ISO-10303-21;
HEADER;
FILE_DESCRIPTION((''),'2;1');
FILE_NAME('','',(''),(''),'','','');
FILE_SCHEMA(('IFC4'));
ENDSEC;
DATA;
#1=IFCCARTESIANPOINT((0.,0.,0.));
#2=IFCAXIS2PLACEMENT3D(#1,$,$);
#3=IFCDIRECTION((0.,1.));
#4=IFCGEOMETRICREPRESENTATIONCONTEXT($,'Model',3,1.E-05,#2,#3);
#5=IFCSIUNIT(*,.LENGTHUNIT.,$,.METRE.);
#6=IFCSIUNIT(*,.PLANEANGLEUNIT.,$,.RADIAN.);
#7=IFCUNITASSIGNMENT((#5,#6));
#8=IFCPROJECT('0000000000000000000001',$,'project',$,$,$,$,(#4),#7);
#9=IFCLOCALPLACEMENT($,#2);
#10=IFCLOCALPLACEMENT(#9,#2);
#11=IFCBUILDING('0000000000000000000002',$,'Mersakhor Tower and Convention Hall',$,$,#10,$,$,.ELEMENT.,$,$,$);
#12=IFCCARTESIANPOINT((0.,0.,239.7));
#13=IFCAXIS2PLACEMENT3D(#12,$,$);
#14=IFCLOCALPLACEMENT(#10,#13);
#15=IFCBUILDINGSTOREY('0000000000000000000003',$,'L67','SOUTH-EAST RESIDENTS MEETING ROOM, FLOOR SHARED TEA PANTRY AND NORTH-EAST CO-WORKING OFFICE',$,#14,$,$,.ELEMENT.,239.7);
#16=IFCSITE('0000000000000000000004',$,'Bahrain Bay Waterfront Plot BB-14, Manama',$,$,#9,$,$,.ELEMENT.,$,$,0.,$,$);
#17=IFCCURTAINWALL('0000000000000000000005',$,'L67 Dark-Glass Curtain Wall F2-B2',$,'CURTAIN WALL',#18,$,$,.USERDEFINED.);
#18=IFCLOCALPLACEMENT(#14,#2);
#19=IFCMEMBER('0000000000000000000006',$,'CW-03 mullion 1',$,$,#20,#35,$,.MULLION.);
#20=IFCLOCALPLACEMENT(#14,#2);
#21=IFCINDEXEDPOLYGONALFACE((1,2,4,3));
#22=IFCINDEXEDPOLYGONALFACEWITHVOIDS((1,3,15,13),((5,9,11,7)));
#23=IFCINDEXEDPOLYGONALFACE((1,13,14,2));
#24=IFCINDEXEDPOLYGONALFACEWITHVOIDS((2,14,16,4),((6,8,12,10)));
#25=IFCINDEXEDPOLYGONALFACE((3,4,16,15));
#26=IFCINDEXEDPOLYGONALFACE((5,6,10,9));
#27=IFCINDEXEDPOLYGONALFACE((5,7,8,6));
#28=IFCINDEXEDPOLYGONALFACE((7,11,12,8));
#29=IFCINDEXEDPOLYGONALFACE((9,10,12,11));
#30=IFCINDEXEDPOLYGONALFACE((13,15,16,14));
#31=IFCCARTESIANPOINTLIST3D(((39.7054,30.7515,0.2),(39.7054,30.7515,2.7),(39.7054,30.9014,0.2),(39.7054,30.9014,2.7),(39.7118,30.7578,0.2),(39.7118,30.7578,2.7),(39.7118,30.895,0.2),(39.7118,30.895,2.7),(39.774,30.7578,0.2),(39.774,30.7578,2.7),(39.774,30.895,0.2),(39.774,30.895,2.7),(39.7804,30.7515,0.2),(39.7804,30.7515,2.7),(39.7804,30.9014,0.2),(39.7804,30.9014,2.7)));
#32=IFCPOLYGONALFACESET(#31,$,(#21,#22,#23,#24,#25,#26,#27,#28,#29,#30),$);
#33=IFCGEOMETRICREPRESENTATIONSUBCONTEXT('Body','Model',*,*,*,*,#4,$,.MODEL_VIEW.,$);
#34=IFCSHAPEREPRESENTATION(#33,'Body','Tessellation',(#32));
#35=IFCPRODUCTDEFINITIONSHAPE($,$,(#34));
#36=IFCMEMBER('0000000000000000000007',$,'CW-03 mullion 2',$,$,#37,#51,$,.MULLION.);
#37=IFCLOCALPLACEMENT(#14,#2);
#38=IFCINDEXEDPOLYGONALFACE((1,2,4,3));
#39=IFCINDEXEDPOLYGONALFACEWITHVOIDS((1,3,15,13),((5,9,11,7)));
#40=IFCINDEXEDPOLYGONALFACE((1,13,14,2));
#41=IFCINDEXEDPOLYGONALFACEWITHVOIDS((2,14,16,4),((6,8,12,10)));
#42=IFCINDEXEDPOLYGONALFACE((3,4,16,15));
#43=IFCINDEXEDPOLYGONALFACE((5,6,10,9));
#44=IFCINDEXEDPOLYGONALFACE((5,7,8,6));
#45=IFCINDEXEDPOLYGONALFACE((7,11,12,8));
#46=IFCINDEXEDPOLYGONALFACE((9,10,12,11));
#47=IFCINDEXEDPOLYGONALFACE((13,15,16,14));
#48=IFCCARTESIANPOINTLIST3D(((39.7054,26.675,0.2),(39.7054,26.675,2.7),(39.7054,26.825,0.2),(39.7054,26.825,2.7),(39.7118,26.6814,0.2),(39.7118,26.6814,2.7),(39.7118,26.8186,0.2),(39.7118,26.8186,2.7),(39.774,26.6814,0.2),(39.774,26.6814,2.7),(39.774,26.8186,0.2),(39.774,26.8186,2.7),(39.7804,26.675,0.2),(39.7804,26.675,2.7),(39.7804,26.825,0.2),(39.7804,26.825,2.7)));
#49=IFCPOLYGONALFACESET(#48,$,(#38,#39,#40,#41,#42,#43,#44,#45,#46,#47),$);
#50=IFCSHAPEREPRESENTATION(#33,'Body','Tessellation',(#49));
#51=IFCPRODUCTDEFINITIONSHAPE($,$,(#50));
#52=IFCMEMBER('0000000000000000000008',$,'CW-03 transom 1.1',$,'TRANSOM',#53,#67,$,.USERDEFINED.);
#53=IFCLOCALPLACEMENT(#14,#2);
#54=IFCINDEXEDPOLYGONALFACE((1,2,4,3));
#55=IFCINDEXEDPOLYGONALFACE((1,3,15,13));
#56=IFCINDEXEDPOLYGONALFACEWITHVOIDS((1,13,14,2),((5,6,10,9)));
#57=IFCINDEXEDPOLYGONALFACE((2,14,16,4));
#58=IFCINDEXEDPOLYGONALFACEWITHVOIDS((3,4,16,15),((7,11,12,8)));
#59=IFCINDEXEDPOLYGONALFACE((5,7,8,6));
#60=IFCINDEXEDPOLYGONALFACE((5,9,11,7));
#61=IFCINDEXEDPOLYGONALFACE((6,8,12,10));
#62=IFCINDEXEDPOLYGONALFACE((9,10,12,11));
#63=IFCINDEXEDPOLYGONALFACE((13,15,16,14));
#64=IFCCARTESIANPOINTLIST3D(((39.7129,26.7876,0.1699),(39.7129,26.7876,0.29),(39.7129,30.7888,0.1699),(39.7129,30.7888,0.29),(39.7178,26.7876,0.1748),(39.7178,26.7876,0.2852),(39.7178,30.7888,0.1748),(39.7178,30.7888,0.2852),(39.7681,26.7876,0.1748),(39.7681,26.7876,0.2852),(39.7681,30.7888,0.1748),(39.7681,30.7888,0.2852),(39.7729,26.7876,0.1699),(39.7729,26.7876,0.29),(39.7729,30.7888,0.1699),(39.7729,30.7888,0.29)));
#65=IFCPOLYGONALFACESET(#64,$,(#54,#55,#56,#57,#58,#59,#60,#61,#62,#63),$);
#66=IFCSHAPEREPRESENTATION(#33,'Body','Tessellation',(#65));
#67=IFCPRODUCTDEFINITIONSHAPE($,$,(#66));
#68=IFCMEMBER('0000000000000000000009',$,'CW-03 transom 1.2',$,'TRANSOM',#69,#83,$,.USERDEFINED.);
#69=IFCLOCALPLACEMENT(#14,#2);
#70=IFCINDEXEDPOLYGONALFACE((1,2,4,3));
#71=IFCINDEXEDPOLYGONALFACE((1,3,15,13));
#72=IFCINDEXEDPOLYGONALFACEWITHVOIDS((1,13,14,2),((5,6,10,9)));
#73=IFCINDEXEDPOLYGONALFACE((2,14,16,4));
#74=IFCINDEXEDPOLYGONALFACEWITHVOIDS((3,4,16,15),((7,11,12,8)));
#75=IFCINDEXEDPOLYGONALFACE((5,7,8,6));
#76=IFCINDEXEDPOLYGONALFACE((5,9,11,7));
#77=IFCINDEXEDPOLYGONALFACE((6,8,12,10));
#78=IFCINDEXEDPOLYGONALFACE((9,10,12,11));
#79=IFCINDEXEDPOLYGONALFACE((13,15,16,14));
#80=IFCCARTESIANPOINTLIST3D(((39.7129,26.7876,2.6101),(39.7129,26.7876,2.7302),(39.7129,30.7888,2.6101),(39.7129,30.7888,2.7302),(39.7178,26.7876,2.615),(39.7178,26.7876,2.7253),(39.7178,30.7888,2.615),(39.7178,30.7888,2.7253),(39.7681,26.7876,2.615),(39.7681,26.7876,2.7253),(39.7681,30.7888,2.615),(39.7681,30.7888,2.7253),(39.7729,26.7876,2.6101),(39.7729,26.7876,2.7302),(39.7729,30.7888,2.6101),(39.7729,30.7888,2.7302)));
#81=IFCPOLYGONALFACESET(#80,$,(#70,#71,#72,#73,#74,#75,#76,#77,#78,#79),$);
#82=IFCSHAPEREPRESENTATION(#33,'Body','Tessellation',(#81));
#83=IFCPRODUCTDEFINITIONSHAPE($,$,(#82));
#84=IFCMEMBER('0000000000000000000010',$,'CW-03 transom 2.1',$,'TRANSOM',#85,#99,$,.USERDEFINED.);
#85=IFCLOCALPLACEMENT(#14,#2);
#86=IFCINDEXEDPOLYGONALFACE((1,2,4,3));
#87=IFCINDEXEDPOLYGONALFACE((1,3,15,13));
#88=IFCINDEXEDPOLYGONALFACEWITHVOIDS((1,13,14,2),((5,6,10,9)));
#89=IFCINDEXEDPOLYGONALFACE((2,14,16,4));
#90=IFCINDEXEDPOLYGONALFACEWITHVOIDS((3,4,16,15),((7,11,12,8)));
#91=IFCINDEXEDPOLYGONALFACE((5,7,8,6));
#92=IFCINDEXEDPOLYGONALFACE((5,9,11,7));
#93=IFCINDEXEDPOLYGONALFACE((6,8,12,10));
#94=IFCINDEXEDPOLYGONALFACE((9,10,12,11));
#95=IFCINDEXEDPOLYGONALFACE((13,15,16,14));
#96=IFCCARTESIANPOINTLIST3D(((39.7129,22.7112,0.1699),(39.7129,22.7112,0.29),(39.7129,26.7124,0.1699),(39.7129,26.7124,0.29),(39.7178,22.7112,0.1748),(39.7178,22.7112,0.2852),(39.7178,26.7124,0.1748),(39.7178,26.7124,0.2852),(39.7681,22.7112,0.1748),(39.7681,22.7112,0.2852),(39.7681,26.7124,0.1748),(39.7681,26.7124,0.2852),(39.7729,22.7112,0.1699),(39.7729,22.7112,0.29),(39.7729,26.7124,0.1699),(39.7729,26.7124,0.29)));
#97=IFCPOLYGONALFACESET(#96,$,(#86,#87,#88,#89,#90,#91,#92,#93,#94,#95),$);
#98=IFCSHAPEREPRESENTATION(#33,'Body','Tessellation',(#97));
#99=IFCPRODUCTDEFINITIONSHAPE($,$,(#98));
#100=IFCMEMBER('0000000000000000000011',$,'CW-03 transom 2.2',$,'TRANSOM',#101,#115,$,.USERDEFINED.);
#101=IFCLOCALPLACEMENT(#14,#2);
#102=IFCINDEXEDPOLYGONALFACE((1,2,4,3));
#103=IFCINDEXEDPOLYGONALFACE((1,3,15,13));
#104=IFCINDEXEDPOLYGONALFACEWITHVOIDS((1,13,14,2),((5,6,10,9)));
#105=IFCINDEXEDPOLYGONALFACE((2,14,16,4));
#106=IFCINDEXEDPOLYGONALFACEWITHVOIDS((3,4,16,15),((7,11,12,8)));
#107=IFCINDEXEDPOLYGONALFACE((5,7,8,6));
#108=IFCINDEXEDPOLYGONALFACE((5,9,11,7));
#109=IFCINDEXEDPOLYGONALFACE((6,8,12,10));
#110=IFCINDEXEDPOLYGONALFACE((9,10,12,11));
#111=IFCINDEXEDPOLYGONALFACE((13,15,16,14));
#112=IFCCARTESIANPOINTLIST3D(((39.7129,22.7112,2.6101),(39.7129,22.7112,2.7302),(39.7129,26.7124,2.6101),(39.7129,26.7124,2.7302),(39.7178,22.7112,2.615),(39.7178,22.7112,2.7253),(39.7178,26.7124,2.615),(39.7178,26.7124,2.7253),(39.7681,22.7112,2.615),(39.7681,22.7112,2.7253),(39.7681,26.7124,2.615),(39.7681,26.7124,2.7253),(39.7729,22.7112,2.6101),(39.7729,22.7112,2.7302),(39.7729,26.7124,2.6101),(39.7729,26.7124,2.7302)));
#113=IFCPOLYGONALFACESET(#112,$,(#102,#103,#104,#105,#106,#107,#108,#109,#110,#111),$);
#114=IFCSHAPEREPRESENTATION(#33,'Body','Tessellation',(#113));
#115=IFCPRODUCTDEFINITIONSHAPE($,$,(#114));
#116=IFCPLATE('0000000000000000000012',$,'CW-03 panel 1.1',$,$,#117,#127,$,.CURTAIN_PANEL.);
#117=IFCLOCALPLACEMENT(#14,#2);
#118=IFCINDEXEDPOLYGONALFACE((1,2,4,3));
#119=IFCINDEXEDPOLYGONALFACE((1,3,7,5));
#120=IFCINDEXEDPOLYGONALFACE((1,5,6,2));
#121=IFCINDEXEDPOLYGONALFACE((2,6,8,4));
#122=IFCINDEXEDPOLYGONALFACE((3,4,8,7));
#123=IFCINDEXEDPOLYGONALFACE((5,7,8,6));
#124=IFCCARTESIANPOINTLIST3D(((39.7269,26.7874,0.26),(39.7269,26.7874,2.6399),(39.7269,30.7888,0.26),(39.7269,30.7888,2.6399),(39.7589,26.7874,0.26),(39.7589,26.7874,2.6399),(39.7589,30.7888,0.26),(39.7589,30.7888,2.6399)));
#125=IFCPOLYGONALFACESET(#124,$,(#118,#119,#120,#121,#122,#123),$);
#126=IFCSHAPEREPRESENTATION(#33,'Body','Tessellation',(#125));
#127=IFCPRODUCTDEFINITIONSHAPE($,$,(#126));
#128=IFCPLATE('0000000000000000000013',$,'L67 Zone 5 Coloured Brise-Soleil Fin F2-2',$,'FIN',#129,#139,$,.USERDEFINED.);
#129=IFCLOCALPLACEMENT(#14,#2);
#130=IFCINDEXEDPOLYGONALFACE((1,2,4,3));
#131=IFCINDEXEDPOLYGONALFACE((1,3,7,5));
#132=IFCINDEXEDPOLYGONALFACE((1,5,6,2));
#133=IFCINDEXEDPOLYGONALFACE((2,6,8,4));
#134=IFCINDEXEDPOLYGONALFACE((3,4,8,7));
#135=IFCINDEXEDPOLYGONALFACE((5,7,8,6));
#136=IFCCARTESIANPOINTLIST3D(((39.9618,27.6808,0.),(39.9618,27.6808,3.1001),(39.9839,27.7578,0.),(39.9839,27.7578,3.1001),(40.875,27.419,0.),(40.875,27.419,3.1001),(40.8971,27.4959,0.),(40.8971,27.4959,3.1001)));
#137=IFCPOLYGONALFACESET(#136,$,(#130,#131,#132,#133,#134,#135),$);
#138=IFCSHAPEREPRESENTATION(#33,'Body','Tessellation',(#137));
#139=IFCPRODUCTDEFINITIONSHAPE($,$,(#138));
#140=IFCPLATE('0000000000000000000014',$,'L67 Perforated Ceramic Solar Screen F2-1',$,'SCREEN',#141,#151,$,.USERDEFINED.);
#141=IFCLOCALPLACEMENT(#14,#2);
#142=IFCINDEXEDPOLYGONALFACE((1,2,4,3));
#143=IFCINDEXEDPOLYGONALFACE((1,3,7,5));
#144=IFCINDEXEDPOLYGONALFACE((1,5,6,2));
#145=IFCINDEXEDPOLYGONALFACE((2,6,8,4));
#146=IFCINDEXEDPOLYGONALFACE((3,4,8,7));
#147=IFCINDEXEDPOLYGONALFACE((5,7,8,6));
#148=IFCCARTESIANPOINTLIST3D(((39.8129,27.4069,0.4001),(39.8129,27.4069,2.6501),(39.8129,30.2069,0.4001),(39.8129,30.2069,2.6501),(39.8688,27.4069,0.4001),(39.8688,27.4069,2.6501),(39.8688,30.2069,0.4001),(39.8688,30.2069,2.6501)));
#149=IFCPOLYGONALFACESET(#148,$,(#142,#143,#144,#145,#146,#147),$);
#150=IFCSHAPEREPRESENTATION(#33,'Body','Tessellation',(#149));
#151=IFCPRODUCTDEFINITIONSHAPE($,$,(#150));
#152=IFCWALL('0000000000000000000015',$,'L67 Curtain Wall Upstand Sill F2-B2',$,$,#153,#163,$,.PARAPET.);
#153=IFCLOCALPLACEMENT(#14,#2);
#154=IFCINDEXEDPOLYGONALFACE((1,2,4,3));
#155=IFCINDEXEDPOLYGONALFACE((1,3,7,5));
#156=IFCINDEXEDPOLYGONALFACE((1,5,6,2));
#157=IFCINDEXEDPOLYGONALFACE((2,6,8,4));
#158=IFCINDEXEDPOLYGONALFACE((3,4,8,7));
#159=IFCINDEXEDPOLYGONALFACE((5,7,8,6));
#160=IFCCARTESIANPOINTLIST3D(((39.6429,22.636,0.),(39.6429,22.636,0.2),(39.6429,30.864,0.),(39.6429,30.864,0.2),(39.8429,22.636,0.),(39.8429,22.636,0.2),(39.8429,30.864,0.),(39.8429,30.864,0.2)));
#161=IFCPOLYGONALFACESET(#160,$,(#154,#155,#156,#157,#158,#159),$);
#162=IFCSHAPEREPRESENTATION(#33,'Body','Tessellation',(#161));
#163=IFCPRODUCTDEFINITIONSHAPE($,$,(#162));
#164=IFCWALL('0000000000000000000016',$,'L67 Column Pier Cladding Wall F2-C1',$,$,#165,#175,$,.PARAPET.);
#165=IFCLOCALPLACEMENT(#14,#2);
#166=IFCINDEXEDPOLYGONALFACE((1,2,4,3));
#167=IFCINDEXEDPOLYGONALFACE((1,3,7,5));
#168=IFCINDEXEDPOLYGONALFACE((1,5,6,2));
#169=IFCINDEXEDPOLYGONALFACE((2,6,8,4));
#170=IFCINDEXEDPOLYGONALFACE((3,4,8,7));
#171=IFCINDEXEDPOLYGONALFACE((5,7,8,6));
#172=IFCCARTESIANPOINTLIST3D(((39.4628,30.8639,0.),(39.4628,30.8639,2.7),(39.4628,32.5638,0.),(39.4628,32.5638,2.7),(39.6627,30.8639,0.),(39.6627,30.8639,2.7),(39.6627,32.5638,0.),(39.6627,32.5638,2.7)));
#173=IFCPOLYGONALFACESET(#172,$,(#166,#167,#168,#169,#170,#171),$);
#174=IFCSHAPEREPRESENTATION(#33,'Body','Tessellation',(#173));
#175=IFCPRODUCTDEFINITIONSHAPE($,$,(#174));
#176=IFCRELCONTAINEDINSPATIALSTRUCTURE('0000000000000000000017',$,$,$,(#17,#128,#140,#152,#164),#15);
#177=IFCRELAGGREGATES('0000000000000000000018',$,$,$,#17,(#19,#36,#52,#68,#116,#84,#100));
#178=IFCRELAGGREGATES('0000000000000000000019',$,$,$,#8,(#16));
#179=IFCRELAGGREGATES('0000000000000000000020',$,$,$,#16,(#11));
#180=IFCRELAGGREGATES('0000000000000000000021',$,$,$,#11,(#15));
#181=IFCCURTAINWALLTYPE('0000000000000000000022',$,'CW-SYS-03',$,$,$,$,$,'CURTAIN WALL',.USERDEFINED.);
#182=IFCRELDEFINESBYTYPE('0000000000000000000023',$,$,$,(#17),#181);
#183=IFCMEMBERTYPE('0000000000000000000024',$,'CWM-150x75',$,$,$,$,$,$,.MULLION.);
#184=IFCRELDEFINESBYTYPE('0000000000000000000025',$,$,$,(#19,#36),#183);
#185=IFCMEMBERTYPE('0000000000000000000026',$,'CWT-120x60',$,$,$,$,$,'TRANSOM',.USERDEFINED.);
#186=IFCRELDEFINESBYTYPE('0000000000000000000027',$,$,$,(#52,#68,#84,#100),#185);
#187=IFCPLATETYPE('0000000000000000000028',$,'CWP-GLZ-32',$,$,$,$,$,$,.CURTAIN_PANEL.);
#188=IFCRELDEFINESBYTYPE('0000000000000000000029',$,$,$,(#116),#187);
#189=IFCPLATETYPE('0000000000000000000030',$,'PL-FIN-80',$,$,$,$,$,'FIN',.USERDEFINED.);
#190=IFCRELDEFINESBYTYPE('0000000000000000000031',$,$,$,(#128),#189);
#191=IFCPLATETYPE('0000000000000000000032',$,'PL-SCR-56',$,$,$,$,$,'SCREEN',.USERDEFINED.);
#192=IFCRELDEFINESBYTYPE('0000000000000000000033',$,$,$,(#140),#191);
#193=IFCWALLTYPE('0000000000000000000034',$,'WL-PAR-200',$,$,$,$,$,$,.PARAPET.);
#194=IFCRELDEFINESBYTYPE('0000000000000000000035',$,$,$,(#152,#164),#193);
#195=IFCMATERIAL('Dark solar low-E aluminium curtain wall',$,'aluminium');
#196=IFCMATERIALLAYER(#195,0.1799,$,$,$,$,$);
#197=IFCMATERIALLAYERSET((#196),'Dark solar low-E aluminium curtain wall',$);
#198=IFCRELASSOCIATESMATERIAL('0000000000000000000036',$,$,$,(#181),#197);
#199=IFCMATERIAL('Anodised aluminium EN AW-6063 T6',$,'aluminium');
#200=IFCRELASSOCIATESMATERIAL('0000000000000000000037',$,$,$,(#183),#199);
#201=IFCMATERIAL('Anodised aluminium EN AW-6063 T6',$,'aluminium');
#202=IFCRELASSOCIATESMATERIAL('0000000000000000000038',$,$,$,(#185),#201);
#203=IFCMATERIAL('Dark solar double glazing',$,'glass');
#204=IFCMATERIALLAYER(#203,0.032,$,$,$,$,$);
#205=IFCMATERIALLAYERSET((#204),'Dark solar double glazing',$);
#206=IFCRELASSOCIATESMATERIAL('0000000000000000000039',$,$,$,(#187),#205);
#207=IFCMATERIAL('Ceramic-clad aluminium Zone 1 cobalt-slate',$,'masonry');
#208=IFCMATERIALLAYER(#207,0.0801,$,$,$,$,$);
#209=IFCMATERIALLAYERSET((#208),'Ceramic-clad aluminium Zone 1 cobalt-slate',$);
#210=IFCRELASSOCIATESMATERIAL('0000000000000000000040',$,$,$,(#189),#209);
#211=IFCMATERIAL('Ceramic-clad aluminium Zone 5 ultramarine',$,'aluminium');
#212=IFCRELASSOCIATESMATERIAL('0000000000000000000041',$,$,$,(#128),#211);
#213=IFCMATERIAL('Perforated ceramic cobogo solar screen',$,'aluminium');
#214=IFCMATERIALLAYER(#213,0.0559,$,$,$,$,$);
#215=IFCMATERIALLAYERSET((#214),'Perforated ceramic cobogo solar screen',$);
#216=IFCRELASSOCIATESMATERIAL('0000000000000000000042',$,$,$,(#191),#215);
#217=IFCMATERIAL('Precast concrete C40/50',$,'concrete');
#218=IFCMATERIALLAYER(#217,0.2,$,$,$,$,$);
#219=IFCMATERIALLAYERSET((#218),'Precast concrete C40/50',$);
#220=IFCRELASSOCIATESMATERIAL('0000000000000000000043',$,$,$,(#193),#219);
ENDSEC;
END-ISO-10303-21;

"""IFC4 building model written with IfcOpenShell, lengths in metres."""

from ifc_helpers import new_model, si_unit, direction, frame, frame_2d, origin, origin_2d, place, context, subcontext, project, spatial, rectangle, hollow_rectangle, extrude, material, layer, layer_set, material_profile, profile_set, type_object, element, aggregate, save


model = new_model("IFC4")

# Units and contexts
model_context = context("Model", 3, precision=1e-05, world=origin(), true_north=direction((0.0, 1.0)))
body_context = subcontext(model_context, "Body", "Model", "MODEL_VIEW")
ifc_project = project(units=[si_unit("LENGTHUNIT", "METRE"), si_unit("PLANEANGLEUNIT", "RADIAN")], contexts=[model_context])

# Site, building, storey
site_placement = place(None, origin())
site = spatial("IfcSite", under=ifc_project, at=site_placement, Name="Bahrain Bay Waterfront Plot BB-14, Manama", CompositionType="ELEMENT", RefElevation=0.0)
building_placement = place(site_placement, origin())
building = spatial("IfcBuilding", under=site, at=building_placement, Name="Mersakhor Tower and Convention Hall", CompositionType="ELEMENT")
storey_placement = place(building_placement, frame((0.0, 0.0, 239.7)))
storey = spatial("IfcBuildingStorey", under=building, at=storey_placement, Name="L67", Description="SOUTH-EAST RESIDENTS MEETING ROOM, FLOOR SHARED TEA PANTRY AND NORTH-EAST CO-WORKING OFFICE", CompositionType="ELEMENT", Elevation=239.7)

# Curtain wall, members, plate
ifc_material_1 = material(Name="Dark solar low-E aluminium curtain wall", Category="aluminium")
ifc_layer_1 = layer(ifc_material_1, 0.1799)
ifc_layer_set_1 = layer_set([ifc_layer_1], Name="Dark solar low-E aluminium curtain wall")
curtain_wall_type = type_object("IfcCurtainWallType", Name="CW-SYS-03", ElementType="CURTAIN WALL", PredefinedType="USERDEFINED", material=ifc_layer_set_1)
curtain_wall_placement = place(storey_placement, origin())
curtain_wall = element("IfcCurtainWall", 1, at=curtain_wall_placement, inside=storey, type_object=curtain_wall_type, Name="L67 Dark-Glass Curtain Wall F2-B2", ObjectType="CURTAIN WALL", PredefinedType="USERDEFINED")
ifc_material_2 = material(Name="Anodised aluminium EN AW-6063 T6", Category="aluminium")
ifc_material_profile_1 = material_profile(ifc_material_2, hollow_rectangle(XDim=0.075, YDim=0.1499, WallThickness=0.0063, at=origin_2d()), Name="RHS 150x75x6.3")
ifc_profile_set_1 = profile_set([ifc_material_profile_1], Name="Anodised aluminium EN AW-6063 T6")
member_type_1 = type_object("IfcMemberType", Name="CWM-150x75", PredefinedType="MULLION", material=ifc_profile_set_1)
member_1_placement = place(storey_placement, frame((39.7429, 30.8264, 0.2), z_axis=(0.0, 0.0, 1.0), x_axis=(1.0, 0.0, 0.0)))
member_1 = element("IfcMember", 2, at=member_1_placement, type_object=member_type_1, Name="CW-03 mullion 1", PredefinedType="MULLION", context=body_context, shape_type="SweptSolid", body=[
    extrude(hollow_rectangle(XDim=0.075, YDim=0.1499, WallThickness=0.0063, at=origin_2d()), origin(), (0.0, 0.0, 1.0), 2.5),
])
member_2_placement = place(storey_placement, frame((39.7429, 26.75, 0.2), z_axis=(0.0, 0.0, 1.0), x_axis=(1.0, 0.0, 0.0)))
member_2 = element("IfcMember", 3, at=member_2_placement, type_object=member_type_1, Name="CW-03 mullion 2", PredefinedType="MULLION", context=body_context, shape_type="SweptSolid", body=[
    extrude(hollow_rectangle(XDim=0.075, YDim=0.1499, WallThickness=0.0063, at=origin_2d()), origin(), (0.0, 0.0, 1.0), 2.5),
])
ifc_material_3 = material(Name="Anodised aluminium EN AW-6063 T6", Category="aluminium")
ifc_material_profile_2 = material_profile(ifc_material_3, hollow_rectangle(XDim=0.0601, YDim=0.1201, WallThickness=0.0049, at=origin_2d()), Name="RHS 120x60x5")
ifc_profile_set_2 = profile_set([ifc_material_profile_2], Name="Anodised aluminium EN AW-6063 T6")
member_type_2 = type_object("IfcMemberType", Name="CWT-120x60", ElementType="TRANSOM", PredefinedType="USERDEFINED", material=ifc_profile_set_2)
member_3_placement = place(storey_placement, frame((39.7429, 30.7888, 0.23), z_axis=(0.0, -1.0, 0.0), x_axis=(1.0, 0.0, 0.0)))
member_3 = element("IfcMember", 4, at=member_3_placement, type_object=member_type_2, Name="CW-03 transom 1.1", ObjectType="TRANSOM", PredefinedType="USERDEFINED", context=body_context, shape_type="SweptSolid", body=[
    extrude(hollow_rectangle(XDim=0.0601, YDim=0.1201, WallThickness=0.0049, at=origin_2d()), origin(), (0.0, 0.0, 1.0), 4.0012),
])
member_4_placement = place(storey_placement, frame((39.7429, 30.7888, 2.6702), z_axis=(0.0, -1.0, 0.0), x_axis=(1.0, 0.0, 0.0)))
member_4 = element("IfcMember", 5, at=member_4_placement, type_object=member_type_2, Name="CW-03 transom 1.2", ObjectType="TRANSOM", PredefinedType="USERDEFINED", context=body_context, shape_type="SweptSolid", body=[
    extrude(hollow_rectangle(XDim=0.0601, YDim=0.1201, WallThickness=0.0049, at=origin_2d()), origin(), (0.0, 0.0, 1.0), 4.0012),
])
member_5_placement = place(storey_placement, frame((39.7429, 26.7124, 0.23), z_axis=(0.0, -1.0, 0.0), x_axis=(1.0, 0.0, 0.0)))
member_5 = element("IfcMember", 6, at=member_5_placement, type_object=member_type_2, Name="CW-03 transom 2.1", ObjectType="TRANSOM", PredefinedType="USERDEFINED", context=body_context, shape_type="SweptSolid", body=[
    extrude(hollow_rectangle(XDim=0.0601, YDim=0.1201, WallThickness=0.0049, at=origin_2d()), origin(), (0.0, 0.0, 1.0), 4.0012),
])
member_6_placement = place(storey_placement, frame((39.7429, 26.7124, 2.6702), z_axis=(0.0, -1.0, 0.0), x_axis=(1.0, 0.0, 0.0)))
member_6 = element("IfcMember", 7, at=member_6_placement, type_object=member_type_2, Name="CW-03 transom 2.2", ObjectType="TRANSOM", PredefinedType="USERDEFINED", context=body_context, shape_type="SweptSolid", body=[
    extrude(hollow_rectangle(XDim=0.0601, YDim=0.1201, WallThickness=0.0049, at=origin_2d()), origin(), (0.0, 0.0, 1.0), 4.0012),
])
ifc_material_4 = material(Name="Dark solar double glazing", Category="glass")
ifc_layer_2 = layer(ifc_material_4, 0.032)
ifc_layer_set_2 = layer_set([ifc_layer_2], Name="Dark solar double glazing")
plate_type_1 = type_object("IfcPlateType", Name="CWP-GLZ-32", PredefinedType="CURTAIN_PANEL", material=ifc_layer_set_2)
plate_1_placement = place(storey_placement, frame((39.7429, 28.7881, 0.26), z_axis=(0.0, 0.0, 1.0), x_axis=(0.0, -1.0, 0.0)))
plate_1 = element("IfcPlate", 8, at=plate_1_placement, type_object=plate_type_1, Name="CW-03 panel 1.1", PredefinedType="CURTAIN_PANEL", context=body_context, shape_type="SweptSolid", body=[
    extrude(rectangle(XDim=4.0015, YDim=0.032, at=origin_2d()), origin(), (0.0, 0.0, 1.0), 2.3799),
])
aggregate(curtain_wall, [member_1, member_2, member_3, member_4, plate_1, member_5, member_6])

# Plates
ifc_material_5 = material(Name="Ceramic-clad aluminium Zone 5 ultramarine", Category="aluminium")
ifc_material_6 = material(Name="Ceramic-clad aluminium Zone 1 cobalt-slate", Category="masonry")
ifc_layer_3 = layer(ifc_material_6, 0.0801)
ifc_layer_set_3 = layer_set([ifc_layer_3], Name="Ceramic-clad aluminium Zone 1 cobalt-slate")
plate_type_2 = type_object("IfcPlateType", Name="PL-FIN-80", ElementType="FIN", PredefinedType="USERDEFINED", material=ifc_layer_set_3)
plate_2_placement = place(storey_placement, frame((40.4294, 27.5884, 0.0), z_axis=(0.0, 0.0, 1.0), x_axis=(0.961262, -0.275637, 0.0)))
element("IfcPlate", 9, at=plate_2_placement, inside=storey, type_object=plate_type_2, material=ifc_material_5, Name="L67 Zone 5 Coloured Brise-Soleil Fin F2-2", ObjectType="FIN", PredefinedType="USERDEFINED", context=body_context, shape_type="SweptSolid", body=[
    extrude(rectangle(XDim=0.95, YDim=0.0801, at=origin_2d()), origin(), (0.0, 0.0, 1.0), 3.1001),
])
ifc_material_7 = material(Name="Perforated ceramic cobogo solar screen", Category="aluminium")
ifc_layer_4 = layer(ifc_material_7, 0.0559)
ifc_layer_set_4 = layer_set([ifc_layer_4], Name="Perforated ceramic cobogo solar screen")
plate_type_3 = type_object("IfcPlateType", Name="PL-SCR-56", ElementType="SCREEN", PredefinedType="USERDEFINED", material=ifc_layer_set_4)
plate_3_placement = place(storey_placement, frame((39.8408, 28.8069, 0.4001), z_axis=(0.0, 0.0, 1.0), x_axis=(0.0, -1.0, 0.0)))
element("IfcPlate", 10, at=plate_3_placement, inside=storey, type_object=plate_type_3, Name="L67 Perforated Ceramic Solar Screen F2-1", ObjectType="SCREEN", PredefinedType="USERDEFINED", context=body_context, shape_type="SweptSolid", body=[
    extrude(rectangle(XDim=2.8, YDim=0.0559, at=origin_2d()), origin(), (0.0, 0.0, 1.0), 2.25),
])

# Walls
ifc_material_8 = material(Name="Precast concrete C40/50", Category="concrete")
ifc_layer_5 = layer(ifc_material_8, 0.2)
ifc_layer_set_5 = layer_set([ifc_layer_5], Name="Precast concrete C40/50")
wall_type_1 = type_object("IfcWallType", Name="WL-PAR-200", PredefinedType="PARAPET", material=ifc_layer_set_5)
wall_1_placement = place(storey_placement, frame((39.7429, 30.864, 0.0), z_axis=(0.0, 0.0, 1.0), x_axis=(0.0, -1.0, 0.0)))
element("IfcWall", 11, at=wall_1_placement, inside=storey, type_object=wall_type_1, Name="L67 Curtain Wall Upstand Sill F2-B2", PredefinedType="PARAPET", context=body_context, shape_type="SweptSolid", body=[
    extrude(rectangle(XDim=8.228, YDim=0.2, at=frame_2d((4.114, 0.0))), origin(), (0.0, 0.0, 1.0), 0.2),
])
wall_2_placement = place(storey_placement, frame((39.5627, 32.564, 0.0), z_axis=(0.0, 0.0, 1.0), x_axis=(0.0, -1.0, 0.0)))
element("IfcWall", 12, at=wall_2_placement, inside=storey, type_object=wall_type_1, Name="L67 Column Pier Cladding Wall F2-C1", PredefinedType="PARAPET", context=body_context, shape_type="SweptSolid", body=[
    extrude(rectangle(XDim=1.7, YDim=0.2, at=frame_2d((0.8501, 0.0))), origin(), (0.0, 0.0, 1.0), 2.7),
])

save(model, "model.ifc")
